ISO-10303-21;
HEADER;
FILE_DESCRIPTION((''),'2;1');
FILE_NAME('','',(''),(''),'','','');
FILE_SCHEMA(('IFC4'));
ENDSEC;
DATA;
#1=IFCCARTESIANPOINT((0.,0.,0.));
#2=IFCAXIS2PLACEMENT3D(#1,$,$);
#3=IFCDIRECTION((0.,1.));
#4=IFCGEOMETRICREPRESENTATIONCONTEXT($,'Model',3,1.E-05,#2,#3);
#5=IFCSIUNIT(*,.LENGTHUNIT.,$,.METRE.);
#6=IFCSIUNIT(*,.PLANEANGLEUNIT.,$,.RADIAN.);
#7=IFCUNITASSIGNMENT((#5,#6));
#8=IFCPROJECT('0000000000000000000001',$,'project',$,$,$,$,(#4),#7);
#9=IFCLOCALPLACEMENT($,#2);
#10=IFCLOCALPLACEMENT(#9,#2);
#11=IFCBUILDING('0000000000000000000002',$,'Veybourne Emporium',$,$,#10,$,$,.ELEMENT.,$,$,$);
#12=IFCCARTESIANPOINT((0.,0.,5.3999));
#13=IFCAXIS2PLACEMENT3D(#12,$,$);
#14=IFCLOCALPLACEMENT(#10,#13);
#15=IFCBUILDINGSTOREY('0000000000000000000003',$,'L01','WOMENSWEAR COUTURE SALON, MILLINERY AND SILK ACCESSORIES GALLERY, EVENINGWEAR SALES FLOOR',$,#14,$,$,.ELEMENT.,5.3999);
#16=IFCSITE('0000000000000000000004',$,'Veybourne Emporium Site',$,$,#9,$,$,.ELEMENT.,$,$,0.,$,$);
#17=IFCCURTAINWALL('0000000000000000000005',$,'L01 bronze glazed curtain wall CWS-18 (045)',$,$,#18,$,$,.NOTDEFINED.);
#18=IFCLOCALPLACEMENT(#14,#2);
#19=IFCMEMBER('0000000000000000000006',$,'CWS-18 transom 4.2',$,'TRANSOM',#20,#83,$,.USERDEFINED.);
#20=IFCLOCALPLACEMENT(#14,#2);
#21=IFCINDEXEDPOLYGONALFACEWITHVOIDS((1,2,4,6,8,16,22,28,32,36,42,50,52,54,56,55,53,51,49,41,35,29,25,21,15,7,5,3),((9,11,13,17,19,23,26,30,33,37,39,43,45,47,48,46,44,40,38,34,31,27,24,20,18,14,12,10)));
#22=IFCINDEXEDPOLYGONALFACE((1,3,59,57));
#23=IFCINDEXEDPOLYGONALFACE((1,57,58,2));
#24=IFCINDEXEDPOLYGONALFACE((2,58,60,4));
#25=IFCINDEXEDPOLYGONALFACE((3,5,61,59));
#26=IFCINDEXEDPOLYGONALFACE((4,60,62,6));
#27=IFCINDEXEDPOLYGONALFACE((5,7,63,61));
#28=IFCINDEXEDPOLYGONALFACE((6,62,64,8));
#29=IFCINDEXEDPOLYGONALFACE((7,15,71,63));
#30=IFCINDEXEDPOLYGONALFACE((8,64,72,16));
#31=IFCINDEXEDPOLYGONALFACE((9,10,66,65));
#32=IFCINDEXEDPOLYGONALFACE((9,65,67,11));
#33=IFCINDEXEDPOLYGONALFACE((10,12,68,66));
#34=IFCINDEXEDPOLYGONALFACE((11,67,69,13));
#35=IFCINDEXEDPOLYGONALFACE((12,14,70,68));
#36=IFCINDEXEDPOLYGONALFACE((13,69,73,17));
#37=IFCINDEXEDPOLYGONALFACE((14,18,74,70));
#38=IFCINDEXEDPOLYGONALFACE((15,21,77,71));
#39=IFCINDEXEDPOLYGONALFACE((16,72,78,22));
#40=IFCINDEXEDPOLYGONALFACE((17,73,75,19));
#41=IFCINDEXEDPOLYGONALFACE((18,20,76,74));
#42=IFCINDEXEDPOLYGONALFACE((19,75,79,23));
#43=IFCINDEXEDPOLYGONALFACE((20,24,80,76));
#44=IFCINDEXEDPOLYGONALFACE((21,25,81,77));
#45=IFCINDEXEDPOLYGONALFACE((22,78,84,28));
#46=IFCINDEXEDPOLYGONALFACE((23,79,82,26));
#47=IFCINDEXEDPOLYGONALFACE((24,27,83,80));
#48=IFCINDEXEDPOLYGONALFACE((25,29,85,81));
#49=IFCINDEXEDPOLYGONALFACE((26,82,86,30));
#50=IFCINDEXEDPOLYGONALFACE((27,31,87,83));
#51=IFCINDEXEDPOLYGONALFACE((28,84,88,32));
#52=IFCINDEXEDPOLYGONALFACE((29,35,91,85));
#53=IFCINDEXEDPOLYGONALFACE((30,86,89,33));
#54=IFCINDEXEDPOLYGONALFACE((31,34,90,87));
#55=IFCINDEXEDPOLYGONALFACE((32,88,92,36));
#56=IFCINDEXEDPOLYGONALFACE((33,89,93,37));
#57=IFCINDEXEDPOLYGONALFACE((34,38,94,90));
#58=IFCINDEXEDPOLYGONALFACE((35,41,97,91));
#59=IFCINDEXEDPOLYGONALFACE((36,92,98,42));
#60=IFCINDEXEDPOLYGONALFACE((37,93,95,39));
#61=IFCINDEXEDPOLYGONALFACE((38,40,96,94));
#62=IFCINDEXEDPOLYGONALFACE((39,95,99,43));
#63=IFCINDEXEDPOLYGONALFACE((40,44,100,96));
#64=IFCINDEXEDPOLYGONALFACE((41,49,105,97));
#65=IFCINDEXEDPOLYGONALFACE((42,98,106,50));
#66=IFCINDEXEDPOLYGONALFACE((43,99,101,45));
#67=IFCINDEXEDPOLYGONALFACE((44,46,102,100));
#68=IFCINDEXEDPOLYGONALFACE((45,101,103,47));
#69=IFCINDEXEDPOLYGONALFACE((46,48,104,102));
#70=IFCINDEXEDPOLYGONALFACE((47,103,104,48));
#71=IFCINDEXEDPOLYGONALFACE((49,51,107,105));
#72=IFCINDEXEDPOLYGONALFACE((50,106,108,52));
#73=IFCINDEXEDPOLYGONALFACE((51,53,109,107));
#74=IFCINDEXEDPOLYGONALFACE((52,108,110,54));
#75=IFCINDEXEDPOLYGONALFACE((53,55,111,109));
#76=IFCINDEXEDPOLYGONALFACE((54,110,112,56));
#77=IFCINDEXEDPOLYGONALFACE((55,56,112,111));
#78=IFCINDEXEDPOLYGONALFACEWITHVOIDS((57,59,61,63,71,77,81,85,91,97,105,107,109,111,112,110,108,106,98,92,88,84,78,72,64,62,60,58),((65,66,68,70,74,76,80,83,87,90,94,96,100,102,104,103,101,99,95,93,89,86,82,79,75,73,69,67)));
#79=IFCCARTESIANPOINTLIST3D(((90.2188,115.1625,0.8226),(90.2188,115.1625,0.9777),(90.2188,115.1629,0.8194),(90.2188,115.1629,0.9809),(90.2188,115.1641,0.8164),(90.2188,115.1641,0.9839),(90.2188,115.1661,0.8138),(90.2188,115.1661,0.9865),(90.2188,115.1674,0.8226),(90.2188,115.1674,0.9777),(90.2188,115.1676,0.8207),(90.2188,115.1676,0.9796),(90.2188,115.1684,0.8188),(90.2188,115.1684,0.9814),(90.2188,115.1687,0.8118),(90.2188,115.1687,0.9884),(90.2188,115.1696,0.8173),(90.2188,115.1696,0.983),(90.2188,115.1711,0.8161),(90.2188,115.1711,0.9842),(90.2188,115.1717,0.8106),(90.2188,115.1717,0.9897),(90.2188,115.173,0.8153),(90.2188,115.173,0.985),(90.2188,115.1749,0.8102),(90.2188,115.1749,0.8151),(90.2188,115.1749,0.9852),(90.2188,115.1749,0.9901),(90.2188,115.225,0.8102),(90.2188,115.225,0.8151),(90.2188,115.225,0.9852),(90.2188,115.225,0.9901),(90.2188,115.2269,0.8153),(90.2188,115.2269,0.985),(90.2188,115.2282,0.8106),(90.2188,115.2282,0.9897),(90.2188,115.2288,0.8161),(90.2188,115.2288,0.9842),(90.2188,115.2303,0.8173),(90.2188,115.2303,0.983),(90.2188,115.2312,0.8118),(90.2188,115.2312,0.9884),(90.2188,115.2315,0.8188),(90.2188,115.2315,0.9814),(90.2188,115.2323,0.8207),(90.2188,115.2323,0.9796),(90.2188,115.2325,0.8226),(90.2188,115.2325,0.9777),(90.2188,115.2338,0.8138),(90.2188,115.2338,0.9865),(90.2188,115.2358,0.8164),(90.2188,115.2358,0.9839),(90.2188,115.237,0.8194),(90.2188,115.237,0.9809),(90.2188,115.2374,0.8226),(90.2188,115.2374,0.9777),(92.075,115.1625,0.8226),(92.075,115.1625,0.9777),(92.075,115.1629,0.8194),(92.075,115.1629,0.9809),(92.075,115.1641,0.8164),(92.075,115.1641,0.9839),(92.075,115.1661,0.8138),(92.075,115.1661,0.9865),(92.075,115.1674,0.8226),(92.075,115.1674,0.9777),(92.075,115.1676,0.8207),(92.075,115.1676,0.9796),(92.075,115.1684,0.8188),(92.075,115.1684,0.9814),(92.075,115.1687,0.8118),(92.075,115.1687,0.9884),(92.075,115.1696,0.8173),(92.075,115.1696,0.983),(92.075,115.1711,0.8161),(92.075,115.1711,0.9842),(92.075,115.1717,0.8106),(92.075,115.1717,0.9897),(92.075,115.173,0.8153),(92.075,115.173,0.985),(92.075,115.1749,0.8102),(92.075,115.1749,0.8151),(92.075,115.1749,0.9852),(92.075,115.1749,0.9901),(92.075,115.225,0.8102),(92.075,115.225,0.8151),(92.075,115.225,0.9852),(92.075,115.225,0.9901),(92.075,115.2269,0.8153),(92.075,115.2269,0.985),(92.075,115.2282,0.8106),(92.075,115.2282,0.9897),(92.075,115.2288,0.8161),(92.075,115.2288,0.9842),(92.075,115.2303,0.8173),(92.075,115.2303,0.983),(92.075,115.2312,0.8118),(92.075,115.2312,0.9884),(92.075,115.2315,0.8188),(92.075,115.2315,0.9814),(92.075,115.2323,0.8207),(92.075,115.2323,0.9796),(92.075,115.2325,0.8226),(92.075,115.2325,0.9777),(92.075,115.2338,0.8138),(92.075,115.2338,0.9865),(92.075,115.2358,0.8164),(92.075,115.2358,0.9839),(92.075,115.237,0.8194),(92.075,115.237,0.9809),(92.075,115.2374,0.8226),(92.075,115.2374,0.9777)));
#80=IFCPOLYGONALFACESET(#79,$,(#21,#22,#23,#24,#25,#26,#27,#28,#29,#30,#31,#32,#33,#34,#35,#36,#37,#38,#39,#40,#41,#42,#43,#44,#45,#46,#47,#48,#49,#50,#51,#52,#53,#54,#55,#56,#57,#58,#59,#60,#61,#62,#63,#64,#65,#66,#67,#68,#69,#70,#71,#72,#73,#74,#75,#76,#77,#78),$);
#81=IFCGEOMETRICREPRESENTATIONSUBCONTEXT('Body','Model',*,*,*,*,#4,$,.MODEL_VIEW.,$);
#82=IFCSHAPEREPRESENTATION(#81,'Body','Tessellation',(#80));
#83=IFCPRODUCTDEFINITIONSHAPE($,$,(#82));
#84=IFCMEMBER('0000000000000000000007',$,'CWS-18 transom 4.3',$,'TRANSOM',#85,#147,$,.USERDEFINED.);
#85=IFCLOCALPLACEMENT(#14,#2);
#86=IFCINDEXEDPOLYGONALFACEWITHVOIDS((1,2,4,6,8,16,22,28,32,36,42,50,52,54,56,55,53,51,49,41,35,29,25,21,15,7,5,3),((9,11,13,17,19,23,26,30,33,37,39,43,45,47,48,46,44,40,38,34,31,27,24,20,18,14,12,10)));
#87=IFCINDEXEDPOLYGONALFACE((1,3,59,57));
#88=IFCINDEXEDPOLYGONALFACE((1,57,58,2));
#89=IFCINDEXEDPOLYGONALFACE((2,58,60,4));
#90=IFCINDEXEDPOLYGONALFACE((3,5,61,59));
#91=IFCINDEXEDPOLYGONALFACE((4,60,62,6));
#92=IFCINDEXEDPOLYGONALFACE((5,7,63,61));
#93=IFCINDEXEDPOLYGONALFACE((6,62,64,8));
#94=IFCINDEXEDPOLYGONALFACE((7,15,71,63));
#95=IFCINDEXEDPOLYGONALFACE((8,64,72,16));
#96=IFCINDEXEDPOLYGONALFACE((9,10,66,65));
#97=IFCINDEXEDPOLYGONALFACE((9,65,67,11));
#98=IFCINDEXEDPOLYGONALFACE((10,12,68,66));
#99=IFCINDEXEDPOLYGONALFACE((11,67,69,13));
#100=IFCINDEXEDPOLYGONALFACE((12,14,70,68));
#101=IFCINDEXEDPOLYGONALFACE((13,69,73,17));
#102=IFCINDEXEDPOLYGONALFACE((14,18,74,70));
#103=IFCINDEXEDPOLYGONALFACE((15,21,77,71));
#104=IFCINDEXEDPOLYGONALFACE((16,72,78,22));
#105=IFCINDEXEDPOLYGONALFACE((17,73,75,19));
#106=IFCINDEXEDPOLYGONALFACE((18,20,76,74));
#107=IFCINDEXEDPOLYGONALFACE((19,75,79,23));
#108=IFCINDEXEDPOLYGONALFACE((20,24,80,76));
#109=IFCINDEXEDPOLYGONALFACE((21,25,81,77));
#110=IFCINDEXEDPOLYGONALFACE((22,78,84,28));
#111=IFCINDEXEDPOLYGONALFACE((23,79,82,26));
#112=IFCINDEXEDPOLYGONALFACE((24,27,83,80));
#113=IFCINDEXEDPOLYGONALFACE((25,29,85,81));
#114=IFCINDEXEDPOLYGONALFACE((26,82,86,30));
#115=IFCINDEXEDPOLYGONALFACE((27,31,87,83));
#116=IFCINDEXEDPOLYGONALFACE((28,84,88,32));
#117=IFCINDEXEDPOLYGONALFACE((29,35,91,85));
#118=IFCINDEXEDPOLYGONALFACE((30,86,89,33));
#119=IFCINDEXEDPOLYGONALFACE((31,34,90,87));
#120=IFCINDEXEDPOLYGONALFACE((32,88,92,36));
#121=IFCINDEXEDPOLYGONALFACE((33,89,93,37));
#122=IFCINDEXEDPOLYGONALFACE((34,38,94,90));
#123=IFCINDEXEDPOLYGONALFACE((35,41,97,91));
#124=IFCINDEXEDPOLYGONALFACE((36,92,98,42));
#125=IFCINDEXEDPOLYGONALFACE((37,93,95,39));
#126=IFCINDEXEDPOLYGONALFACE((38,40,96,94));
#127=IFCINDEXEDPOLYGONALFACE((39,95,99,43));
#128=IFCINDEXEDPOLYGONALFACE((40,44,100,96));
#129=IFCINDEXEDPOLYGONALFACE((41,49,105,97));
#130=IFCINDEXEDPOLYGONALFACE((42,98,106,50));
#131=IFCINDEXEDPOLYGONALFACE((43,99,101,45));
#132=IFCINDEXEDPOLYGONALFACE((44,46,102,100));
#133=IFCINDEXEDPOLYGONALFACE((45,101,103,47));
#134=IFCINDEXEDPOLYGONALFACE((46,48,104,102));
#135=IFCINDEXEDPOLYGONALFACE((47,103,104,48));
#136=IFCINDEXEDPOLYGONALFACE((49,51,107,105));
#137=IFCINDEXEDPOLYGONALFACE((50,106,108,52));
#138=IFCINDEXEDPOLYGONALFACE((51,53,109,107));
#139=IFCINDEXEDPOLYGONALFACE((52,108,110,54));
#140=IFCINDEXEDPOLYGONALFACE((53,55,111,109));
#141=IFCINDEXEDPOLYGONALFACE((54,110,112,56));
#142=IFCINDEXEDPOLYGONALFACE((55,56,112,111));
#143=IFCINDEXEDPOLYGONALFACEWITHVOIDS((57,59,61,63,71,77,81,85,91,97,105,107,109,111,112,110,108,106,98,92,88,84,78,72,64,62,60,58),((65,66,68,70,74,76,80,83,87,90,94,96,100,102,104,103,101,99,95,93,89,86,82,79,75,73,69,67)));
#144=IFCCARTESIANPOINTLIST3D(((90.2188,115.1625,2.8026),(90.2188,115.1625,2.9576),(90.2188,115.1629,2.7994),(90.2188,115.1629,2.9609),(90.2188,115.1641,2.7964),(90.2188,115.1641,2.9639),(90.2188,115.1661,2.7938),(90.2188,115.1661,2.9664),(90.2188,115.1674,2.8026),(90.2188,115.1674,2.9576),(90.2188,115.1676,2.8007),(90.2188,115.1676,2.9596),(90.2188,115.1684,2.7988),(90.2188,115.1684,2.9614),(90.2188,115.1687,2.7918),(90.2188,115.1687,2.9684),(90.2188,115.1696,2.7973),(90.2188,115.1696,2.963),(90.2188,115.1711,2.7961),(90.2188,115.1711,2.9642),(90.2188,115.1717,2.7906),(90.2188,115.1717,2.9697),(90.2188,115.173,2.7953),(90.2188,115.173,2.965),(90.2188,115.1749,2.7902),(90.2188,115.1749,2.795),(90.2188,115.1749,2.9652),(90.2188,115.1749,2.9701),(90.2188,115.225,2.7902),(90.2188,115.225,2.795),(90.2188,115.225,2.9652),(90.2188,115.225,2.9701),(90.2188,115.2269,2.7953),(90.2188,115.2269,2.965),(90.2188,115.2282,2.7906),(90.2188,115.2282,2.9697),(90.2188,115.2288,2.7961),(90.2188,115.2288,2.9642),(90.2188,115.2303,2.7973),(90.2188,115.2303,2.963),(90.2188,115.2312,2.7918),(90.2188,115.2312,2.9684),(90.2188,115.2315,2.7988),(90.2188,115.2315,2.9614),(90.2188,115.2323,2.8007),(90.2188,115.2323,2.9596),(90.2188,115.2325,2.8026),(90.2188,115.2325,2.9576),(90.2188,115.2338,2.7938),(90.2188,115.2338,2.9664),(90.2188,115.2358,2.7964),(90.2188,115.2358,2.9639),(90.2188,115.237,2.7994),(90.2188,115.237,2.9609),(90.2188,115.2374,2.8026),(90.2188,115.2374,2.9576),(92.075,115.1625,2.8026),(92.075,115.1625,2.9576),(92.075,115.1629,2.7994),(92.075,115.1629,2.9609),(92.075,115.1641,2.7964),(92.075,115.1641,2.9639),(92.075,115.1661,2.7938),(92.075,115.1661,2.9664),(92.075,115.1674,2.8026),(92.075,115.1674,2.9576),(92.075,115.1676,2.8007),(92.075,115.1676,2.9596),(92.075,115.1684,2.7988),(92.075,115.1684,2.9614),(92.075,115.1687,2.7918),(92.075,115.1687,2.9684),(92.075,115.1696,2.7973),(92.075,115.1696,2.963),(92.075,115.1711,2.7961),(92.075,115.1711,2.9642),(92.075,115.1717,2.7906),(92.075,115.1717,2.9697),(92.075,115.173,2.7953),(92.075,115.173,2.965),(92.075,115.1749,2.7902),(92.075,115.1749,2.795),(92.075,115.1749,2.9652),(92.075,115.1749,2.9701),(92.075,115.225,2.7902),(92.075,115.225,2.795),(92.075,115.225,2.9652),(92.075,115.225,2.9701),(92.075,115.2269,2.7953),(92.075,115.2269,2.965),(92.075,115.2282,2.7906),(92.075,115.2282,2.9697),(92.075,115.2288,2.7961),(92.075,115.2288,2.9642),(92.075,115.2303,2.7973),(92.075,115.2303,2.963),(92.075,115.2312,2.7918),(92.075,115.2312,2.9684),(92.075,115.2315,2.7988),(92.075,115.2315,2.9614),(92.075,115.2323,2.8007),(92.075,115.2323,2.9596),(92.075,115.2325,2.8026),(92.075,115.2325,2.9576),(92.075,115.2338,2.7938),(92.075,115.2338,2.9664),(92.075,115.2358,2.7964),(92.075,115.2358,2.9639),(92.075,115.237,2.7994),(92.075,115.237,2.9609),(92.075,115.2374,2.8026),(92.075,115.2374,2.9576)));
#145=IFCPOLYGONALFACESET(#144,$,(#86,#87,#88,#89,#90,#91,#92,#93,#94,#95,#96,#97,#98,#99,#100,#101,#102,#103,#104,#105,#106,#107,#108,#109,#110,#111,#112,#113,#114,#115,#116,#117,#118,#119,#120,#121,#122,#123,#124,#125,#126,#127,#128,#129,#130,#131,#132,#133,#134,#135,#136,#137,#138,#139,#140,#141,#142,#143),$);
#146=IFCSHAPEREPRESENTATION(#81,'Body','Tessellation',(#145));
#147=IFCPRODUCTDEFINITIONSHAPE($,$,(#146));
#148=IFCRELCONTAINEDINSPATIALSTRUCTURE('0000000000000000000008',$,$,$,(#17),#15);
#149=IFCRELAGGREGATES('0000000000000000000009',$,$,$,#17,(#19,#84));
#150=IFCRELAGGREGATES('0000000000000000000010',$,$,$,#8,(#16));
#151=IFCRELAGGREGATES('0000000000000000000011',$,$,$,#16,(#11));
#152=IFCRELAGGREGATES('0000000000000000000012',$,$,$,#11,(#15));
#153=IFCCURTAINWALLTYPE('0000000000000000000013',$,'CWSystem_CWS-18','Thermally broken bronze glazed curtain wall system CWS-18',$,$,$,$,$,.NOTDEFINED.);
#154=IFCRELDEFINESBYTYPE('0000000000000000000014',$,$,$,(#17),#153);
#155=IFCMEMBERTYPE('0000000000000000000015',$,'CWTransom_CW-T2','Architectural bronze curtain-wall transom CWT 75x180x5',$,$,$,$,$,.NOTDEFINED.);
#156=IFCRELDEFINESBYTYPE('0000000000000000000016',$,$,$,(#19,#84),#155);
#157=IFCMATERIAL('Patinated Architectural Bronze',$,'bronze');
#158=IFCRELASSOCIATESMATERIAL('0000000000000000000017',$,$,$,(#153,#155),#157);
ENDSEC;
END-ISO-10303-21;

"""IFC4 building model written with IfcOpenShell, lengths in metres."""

from ifc_helpers import new_model, si_unit, direction, frame, origin, origin_2d, place, context, subcontext, project, spatial, hollow_rectangle, extrude, material, material_profile, profile_set, type_object, element, aggregate, save


model = new_model("IFC4")

# Units and contexts
model_context = context("Model", 3, precision=1e-05, world=origin(), true_north=direction((0.0, 1.0)))
body_context = subcontext(model_context, "Body", "Model", "MODEL_VIEW")
ifc_project = project(units=[si_unit("LENGTHUNIT", "METRE"), si_unit("PLANEANGLEUNIT", "RADIAN")], contexts=[model_context])

# Site, building, storey
site_placement = place(None, origin())
site = spatial("IfcSite", under=ifc_project, at=site_placement, Name="Veybourne Emporium Site", CompositionType="ELEMENT", RefElevation=0.0)
building_placement = place(site_placement, origin())
building = spatial("IfcBuilding", under=site, at=building_placement, Name="Veybourne Emporium", CompositionType="ELEMENT")
storey_placement = place(building_placement, frame((0.0, 0.0, 5.3999)))
storey = spatial("IfcBuildingStorey", under=building, at=storey_placement, Name="L01", Description="WOMENSWEAR COUTURE SALON, MILLINERY AND SILK ACCESSORIES GALLERY, EVENINGWEAR SALES FLOOR", CompositionType="ELEMENT", Elevation=5.3999)

# Curtain wall, members
ifc_material_1 = material(Name="Patinated Architectural Bronze", Category="bronze")
curtain_wall_type = type_object("IfcCurtainWallType", Name="CWSystem_CWS-18", Description="Thermally broken bronze glazed curtain wall system CWS-18", PredefinedType="NOTDEFINED", material=ifc_material_1)
curtain_wall_placement = place(storey_placement, origin())
curtain_wall = element("IfcCurtainWall", 1, at=curtain_wall_placement, inside=storey, type_object=curtain_wall_type, Name="L01 bronze glazed curtain wall CWS-18 (045)", PredefinedType="NOTDEFINED")
ifc_material_profile_1 = material_profile(ifc_material_1, hollow_rectangle(XDim=0.075, YDim=0.1799, WallThickness=0.0049, InnerFilletRadius=0.0076, OuterFilletRadius=0.0125, at=origin_2d()), Name="CWT 75x180x5")
ifc_profile_set_1 = profile_set([ifc_material_profile_1], Name="Patinated Architectural Bronze")
member_type_1 = type_object("IfcMemberType", Name="CWTransom_CW-T2", Description="Architectural bronze curtain-wall transom CWT 75x180x5", PredefinedType="NOTDEFINED", material=ifc_profile_set_1)
member_1_placement = place(storey_placement, frame((90.2188, 115.2, 0.9001), z_axis=(1.0, 0.0, 0.0), x_axis=(0.0, 1.0, 0.0)))
member_1 = element("IfcMember", 2, at=member_1_placement, type_object=member_type_1, Name="CWS-18 transom 4.2", ObjectType="TRANSOM", PredefinedType="USERDEFINED", context=body_context, shape_type="SweptSolid", body=[
    extrude(hollow_rectangle(XDim=0.075, YDim=0.1799, WallThickness=0.0049, InnerFilletRadius=0.0076, OuterFilletRadius=0.0125, at=origin_2d()), origin(), (0.0, 0.0, 1.0), 1.8562),
])
member_2_placement = place(storey_placement, frame((90.2188, 115.2, 2.8801), z_axis=(1.0, 0.0, 0.0), x_axis=(0.0, 1.0, 0.0)))
member_2 = element("IfcMember", 3, at=member_2_placement, type_object=member_type_1, Name="CWS-18 transom 4.3", ObjectType="TRANSOM", PredefinedType="USERDEFINED", context=body_context, shape_type="SweptSolid", body=[
    extrude(hollow_rectangle(XDim=0.075, YDim=0.1799, WallThickness=0.0049, InnerFilletRadius=0.0076, OuterFilletRadius=0.0125, at=origin_2d()), origin(), (0.0, 0.0, 1.0), 1.8562),
])
aggregate(curtain_wall, [member_1, member_2])

save(model, "model.ifc")
